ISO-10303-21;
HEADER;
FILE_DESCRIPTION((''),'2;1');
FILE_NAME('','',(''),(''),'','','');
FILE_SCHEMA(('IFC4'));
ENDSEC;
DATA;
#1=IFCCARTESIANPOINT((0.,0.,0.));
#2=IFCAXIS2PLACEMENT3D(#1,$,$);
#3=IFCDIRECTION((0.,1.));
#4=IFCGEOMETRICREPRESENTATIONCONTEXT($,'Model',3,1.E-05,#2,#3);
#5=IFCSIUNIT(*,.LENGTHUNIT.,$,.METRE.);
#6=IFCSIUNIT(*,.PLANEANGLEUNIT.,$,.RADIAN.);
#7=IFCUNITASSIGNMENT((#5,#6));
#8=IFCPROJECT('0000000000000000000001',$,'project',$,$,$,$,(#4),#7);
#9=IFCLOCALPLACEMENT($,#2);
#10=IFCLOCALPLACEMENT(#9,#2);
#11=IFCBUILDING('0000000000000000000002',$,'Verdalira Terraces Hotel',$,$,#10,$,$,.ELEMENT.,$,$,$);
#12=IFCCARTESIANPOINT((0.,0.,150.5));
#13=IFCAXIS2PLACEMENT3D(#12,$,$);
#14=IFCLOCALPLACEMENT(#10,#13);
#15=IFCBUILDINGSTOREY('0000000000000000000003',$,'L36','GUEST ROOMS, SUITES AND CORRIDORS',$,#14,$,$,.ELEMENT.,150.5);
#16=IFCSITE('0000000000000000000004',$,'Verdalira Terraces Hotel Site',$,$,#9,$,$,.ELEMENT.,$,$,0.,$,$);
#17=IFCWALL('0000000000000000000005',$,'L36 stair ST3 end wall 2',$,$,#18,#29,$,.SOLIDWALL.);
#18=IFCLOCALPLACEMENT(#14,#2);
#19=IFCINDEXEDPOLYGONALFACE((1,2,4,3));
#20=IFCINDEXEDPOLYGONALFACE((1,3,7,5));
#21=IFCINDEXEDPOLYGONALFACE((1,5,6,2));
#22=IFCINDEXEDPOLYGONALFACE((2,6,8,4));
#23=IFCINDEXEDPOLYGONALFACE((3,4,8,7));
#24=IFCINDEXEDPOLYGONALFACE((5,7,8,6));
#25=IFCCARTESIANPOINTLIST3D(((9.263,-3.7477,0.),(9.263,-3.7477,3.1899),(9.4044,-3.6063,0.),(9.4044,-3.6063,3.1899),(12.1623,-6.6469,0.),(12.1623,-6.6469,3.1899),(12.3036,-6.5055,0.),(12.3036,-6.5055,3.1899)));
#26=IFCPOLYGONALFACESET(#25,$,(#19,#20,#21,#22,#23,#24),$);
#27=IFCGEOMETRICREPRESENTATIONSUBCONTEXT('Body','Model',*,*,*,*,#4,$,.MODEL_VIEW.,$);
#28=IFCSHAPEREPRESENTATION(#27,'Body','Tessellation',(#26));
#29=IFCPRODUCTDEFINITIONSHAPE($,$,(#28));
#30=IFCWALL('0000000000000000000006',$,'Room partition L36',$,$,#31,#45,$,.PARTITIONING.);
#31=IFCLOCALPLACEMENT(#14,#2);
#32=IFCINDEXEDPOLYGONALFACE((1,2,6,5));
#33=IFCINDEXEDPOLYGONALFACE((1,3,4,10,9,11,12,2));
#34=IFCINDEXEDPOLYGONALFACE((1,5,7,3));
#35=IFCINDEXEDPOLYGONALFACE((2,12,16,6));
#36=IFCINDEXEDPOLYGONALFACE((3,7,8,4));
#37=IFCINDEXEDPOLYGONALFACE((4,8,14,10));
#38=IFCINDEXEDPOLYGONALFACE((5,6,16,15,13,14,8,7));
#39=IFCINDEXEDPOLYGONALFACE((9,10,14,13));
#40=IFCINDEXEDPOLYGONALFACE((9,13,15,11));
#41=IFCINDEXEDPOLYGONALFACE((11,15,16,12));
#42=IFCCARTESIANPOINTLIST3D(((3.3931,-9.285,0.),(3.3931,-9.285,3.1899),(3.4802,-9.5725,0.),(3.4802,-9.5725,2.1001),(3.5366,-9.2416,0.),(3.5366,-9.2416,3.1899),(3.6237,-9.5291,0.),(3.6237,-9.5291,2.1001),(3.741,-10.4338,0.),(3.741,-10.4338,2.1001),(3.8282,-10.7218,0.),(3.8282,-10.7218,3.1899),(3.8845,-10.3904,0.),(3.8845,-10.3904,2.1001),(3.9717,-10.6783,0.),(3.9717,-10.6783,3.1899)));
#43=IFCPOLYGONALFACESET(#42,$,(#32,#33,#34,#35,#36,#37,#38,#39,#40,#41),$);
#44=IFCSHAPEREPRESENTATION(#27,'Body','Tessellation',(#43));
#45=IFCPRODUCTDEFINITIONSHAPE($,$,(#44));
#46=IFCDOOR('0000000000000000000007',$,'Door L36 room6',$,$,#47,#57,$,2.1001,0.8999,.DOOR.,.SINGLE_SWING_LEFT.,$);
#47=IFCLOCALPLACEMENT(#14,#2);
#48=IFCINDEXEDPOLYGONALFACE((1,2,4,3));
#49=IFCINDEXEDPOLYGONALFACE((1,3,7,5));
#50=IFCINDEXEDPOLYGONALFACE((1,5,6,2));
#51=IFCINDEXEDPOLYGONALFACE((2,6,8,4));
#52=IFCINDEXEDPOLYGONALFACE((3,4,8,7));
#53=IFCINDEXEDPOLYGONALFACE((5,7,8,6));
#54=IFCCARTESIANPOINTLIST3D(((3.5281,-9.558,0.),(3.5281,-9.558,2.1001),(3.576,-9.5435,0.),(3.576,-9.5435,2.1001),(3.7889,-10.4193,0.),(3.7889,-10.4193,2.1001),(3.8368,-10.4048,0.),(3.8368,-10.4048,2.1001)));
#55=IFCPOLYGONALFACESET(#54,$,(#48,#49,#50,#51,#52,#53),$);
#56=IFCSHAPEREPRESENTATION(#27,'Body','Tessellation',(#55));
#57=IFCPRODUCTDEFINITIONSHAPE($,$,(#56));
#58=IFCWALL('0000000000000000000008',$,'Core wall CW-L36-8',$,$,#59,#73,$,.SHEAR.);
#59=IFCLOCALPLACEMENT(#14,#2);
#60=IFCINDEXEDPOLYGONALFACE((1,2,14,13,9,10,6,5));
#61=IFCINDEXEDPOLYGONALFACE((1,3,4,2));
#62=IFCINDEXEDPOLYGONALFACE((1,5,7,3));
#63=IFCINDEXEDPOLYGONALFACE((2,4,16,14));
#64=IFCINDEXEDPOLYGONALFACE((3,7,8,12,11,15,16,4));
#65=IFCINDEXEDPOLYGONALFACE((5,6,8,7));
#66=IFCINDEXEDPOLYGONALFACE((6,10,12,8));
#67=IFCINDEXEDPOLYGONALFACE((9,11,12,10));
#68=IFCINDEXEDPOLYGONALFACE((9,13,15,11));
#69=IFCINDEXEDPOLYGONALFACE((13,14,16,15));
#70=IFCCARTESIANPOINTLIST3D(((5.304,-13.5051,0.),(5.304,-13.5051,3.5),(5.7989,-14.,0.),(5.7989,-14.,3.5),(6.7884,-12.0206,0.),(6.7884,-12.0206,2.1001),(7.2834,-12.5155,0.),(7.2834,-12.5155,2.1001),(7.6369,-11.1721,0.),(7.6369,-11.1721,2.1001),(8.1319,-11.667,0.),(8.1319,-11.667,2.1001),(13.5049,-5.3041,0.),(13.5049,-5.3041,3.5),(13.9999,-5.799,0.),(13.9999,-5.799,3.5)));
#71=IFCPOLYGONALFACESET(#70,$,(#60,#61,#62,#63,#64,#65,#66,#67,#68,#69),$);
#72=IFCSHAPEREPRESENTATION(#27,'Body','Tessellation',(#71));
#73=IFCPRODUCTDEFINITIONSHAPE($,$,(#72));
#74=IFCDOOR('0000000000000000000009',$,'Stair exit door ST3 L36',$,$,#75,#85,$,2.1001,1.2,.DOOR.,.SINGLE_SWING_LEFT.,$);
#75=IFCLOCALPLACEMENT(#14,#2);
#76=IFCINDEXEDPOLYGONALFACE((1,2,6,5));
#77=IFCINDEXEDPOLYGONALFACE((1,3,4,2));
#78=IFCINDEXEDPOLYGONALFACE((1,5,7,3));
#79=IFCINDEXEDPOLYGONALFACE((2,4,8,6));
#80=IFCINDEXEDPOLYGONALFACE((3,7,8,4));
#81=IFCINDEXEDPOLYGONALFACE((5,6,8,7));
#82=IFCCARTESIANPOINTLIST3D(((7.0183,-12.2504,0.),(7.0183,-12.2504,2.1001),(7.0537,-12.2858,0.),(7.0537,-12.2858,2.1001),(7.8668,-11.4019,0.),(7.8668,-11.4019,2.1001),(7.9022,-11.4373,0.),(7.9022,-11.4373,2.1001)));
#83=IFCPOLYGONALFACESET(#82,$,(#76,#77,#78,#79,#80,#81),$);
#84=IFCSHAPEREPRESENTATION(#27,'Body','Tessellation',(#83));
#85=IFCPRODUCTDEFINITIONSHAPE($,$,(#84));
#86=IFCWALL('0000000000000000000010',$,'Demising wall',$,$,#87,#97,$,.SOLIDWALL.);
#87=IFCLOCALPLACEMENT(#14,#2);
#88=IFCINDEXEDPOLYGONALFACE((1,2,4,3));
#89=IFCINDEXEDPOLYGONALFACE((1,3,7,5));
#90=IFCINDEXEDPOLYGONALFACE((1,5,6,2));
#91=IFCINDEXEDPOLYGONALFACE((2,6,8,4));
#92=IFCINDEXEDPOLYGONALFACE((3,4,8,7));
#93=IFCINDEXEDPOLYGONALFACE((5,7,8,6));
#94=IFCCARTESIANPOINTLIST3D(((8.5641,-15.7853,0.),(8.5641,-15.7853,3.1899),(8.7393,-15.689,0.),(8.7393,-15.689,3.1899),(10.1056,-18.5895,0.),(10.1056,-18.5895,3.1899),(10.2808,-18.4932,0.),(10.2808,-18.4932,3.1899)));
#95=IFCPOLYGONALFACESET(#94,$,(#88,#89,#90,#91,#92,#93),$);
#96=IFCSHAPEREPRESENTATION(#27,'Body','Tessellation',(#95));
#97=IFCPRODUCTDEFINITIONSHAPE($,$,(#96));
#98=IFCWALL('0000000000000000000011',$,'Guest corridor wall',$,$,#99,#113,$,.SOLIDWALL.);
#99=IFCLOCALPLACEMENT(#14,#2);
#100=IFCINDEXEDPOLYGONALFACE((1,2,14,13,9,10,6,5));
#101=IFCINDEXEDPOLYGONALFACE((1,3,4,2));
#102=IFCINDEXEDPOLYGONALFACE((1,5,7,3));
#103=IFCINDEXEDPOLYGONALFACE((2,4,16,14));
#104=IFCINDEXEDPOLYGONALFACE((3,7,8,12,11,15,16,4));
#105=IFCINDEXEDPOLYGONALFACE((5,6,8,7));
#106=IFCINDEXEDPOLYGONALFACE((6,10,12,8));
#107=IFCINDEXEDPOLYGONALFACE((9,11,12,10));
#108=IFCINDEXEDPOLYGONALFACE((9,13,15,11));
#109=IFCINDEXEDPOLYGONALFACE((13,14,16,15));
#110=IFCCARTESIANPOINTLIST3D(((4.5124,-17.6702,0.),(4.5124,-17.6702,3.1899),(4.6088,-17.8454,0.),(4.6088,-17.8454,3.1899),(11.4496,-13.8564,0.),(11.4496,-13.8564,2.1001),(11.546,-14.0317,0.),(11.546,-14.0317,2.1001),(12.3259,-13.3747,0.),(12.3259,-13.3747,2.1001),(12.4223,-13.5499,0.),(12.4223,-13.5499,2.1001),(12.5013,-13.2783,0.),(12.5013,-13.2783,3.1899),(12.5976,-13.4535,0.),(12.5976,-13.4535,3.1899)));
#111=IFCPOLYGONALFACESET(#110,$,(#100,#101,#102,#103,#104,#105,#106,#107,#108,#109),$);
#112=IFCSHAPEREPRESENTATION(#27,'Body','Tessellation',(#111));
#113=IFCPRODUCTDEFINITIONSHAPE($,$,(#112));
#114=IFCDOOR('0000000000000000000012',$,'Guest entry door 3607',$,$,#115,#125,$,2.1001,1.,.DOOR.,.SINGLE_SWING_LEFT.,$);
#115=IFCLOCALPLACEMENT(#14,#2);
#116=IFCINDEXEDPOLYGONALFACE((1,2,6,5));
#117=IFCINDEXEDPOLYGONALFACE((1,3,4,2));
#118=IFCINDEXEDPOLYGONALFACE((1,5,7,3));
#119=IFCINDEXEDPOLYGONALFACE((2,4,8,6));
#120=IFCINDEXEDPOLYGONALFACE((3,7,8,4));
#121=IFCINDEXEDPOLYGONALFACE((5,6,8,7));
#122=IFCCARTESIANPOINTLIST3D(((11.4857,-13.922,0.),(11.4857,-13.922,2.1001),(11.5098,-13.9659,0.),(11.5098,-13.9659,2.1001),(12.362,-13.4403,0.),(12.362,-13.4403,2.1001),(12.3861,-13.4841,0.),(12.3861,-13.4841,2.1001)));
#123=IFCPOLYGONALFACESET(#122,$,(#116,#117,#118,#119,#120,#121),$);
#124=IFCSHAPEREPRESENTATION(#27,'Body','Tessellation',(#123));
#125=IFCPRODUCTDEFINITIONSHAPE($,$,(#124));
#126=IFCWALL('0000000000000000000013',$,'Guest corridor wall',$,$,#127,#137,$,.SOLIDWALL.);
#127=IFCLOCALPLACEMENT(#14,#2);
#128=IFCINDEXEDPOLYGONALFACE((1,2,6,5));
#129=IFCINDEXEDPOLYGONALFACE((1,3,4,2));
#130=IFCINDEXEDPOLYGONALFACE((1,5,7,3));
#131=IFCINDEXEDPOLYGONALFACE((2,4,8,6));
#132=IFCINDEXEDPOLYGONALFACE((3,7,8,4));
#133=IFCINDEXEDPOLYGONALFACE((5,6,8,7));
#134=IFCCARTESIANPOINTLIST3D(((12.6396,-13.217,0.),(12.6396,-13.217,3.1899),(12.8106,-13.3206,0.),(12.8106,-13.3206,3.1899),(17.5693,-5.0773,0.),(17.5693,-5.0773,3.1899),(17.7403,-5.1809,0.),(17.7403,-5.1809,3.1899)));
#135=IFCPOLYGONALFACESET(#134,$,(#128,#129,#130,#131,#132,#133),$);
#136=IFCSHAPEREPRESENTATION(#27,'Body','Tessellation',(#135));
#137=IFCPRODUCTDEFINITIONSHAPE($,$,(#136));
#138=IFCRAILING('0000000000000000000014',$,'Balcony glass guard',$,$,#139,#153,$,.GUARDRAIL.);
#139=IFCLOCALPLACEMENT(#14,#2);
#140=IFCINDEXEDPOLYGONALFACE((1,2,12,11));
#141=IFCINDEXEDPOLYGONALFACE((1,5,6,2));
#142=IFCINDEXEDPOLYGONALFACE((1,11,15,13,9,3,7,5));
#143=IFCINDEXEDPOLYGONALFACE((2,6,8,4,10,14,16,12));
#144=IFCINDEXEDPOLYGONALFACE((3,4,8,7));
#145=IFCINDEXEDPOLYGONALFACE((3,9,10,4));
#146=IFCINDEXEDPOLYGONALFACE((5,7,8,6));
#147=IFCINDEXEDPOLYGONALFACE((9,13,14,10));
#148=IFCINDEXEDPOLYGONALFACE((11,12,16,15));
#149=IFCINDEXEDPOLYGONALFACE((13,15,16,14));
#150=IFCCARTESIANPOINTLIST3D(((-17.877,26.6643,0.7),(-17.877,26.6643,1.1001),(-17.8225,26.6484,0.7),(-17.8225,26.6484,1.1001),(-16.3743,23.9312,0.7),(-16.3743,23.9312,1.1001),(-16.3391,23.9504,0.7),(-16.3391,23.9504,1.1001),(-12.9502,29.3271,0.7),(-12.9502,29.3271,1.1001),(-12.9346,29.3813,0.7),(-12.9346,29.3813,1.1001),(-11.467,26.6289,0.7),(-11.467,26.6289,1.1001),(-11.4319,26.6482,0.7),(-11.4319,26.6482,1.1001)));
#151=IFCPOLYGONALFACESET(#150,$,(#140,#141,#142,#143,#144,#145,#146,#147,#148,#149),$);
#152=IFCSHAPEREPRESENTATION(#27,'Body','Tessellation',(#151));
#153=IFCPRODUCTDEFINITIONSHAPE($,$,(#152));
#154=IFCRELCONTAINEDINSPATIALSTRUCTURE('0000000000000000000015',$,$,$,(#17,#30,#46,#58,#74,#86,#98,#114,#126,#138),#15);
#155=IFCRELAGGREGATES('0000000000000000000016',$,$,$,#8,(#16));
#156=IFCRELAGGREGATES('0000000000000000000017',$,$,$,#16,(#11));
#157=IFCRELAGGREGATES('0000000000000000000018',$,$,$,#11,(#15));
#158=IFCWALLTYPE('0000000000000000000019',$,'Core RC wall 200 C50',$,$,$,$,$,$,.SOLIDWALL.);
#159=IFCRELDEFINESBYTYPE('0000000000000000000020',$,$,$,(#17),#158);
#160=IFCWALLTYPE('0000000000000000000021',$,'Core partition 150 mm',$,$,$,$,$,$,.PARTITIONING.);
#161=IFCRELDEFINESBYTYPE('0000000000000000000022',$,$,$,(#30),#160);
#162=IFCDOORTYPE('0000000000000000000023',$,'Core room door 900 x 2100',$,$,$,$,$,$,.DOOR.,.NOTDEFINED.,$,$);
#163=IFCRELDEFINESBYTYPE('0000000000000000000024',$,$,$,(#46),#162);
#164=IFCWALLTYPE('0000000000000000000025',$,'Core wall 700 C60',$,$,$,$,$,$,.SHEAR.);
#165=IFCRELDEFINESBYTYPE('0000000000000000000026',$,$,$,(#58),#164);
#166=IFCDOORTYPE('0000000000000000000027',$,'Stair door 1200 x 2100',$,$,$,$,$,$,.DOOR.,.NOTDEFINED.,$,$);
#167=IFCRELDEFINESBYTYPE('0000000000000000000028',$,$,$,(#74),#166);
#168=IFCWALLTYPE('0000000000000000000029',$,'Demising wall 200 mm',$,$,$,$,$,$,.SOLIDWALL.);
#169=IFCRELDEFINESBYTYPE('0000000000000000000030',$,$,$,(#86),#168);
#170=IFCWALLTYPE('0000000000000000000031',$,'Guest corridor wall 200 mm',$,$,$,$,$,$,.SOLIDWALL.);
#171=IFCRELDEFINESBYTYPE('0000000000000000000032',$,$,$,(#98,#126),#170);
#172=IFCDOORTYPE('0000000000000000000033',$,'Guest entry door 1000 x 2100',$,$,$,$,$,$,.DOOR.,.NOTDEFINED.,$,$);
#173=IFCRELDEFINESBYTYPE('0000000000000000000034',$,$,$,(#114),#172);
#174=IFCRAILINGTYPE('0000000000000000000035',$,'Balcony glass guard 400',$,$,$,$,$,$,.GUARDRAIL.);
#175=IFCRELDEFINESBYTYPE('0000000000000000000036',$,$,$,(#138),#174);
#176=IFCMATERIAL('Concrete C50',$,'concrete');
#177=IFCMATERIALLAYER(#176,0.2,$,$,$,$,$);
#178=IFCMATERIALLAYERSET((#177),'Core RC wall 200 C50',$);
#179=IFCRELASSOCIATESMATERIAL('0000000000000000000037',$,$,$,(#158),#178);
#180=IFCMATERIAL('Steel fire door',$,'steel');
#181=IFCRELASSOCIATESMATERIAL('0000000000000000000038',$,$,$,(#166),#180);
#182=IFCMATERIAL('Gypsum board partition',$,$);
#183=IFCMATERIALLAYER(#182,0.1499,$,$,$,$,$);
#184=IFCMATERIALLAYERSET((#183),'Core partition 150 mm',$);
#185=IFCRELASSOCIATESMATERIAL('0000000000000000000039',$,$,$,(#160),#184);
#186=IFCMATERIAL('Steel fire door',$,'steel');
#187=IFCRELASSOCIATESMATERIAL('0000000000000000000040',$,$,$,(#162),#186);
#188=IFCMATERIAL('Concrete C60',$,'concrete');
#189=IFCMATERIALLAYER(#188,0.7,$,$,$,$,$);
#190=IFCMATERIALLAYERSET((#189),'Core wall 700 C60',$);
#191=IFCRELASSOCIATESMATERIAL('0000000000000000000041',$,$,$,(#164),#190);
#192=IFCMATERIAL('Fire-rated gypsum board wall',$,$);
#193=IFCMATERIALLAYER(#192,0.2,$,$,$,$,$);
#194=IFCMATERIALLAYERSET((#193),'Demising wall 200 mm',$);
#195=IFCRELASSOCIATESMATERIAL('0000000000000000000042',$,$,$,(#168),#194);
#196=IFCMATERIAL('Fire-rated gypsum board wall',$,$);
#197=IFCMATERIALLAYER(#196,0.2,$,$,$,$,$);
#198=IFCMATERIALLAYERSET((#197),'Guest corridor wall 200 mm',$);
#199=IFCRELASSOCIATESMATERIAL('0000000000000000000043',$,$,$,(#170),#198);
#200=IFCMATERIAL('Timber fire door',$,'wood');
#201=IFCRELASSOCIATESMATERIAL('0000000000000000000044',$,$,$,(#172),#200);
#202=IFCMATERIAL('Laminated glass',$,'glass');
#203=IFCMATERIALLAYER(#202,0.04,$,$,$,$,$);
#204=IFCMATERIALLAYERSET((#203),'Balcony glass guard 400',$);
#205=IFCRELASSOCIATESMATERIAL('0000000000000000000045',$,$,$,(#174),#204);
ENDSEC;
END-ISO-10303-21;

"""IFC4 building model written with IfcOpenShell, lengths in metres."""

from ifc_helpers import new_model, si_unit, direction, frame, frame_2d, origin, place, context, subcontext, project, spatial, polyline, rectangle, outline, extrude, material, layer, layer_set, type_object, element, fill, save


model = new_model("IFC4")

# Units and contexts
model_context = context("Model", 3, precision=1e-05, world=origin(), true_north=direction((0.0, 1.0)))
body_context = subcontext(model_context, "Body", "Model", "MODEL_VIEW")
ifc_project = project(units=[si_unit("LENGTHUNIT", "METRE"), si_unit("PLANEANGLEUNIT", "RADIAN")], contexts=[model_context])

# Site, building, storey
site_placement = place(None, origin())
site = spatial("IfcSite", under=ifc_project, at=site_placement, Name="Verdalira Terraces Hotel Site", CompositionType="ELEMENT", RefElevation=0.0)
building_placement = place(site_placement, origin())
building = spatial("IfcBuilding", under=site, at=building_placement, Name="Verdalira Terraces Hotel", CompositionType="ELEMENT")
storey_placement = place(building_placement, frame((0.0, 0.0, 150.5)))
storey = spatial("IfcBuildingStorey", under=building, at=storey_placement, Name="L36", Description="GUEST ROOMS, SUITES AND CORRIDORS", CompositionType="ELEMENT", Elevation=150.5)

# Shared definitions
ifc_material_1 = material(Name="Concrete C50", Category="concrete")
ifc_layer_1 = layer(ifc_material_1, 0.2)
ifc_layer_set_1 = layer_set([ifc_layer_1], Name="Core RC wall 200 C50")
wall_type_1 = type_object("IfcWallType", Name="Core RC wall 200 C50", PredefinedType="SOLIDWALL", material=ifc_layer_set_1)

# Shared definitions
ifc_material_2 = material(Name="Steel fire door", Category="steel")
door_type_1 = type_object("IfcDoorType", Name="Stair door 1200 x 2100", OperationType="NOTDEFINED", PredefinedType="DOOR", material=ifc_material_2)

# Wall
for number, where, z_axis, x_axis, name in (
    (1, (9.3337, -3.677, 0.0), (0.0, 0.0, 1.0), (0.707107, -0.707107, 0.0), "L36 stair ST3 end wall 2"),
):
    element("IfcWall", number, at=place(storey_placement, frame(where, z_axis=z_axis, x_axis=x_axis)), inside=storey, type_object=wall_type_1, Name=name, PredefinedType="SOLIDWALL", context=body_context, shape_type="SweptSolid", body=[
        extrude(rectangle(XDim=4.1001, YDim=0.2, at=frame_2d((2.05, 0.0))), origin(), (0.0, 0.0, 1.0), 3.1899),
    ])

# Walls, openings, doors
ifc_material_3 = material(Name="Gypsum board partition")
ifc_layer_2 = layer(ifc_material_3, 0.1499)
ifc_layer_set_2 = layer_set([ifc_layer_2], Name="Core partition 150 mm")
wall_type_2 = type_object("IfcWallType", Name="Core partition 150 mm", PredefinedType="PARTITIONING", material=ifc_layer_set_2)
wall_1_placement = place(storey_placement, frame((3.8999, -10.7, 0.0), z_axis=(0.0, 0.0, 1.0), x_axis=(-0.289809, 0.957085, 0.0)))
wall_1 = element("IfcWall", 2, at=wall_1_placement, inside=storey, type_object=wall_type_2, Name="Room partition L36", PredefinedType="PARTITIONING", context=body_context, shape_type="SweptSolid", body=[
    extrude(rectangle(XDim=1.5012, YDim=0.1499, at=frame_2d((0.7505, 0.0))), origin(), (0.0, 0.0, 1.0), 3.1899),
])
opening_1_placement = place(wall_1_placement, frame((0.3008, 0.0, 0.0)))
opening_1 = element("IfcOpeningElement", 3, at=opening_1_placement, cuts=wall_1, PredefinedType="OPENING", context=body_context, shape_type="SweptSolid", body=[
    extrude(rectangle(XDim=0.8999, YDim=2.1001, at=frame_2d((0.45, 1.05))), frame((0.0, 0.085, 0.0), z_axis=(0.0, -1.0, 0.0), x_axis=(1.0, 0.0, 0.0)), (0.0, 0.0, 1.0), 0.1699),
])
ifc_material_4 = material(Name="Steel fire door", Category="steel")
door_type_2 = type_object("IfcDoorType", Name="Core room door 900 x 2100", OperationType="NOTDEFINED", PredefinedType="DOOR", material=ifc_material_4)
door_1_placement = place(opening_1_placement, origin())
door_1 = element("IfcDoor", 4, at=door_1_placement, inside=storey, type_object=door_type_2, Name="Door L36 room6", OperationType="SINGLE_SWING_LEFT", OverallHeight=2.1001, OverallWidth=0.8999, PredefinedType="DOOR", context=body_context, shape_type="SweptSolid", body=[
    extrude(rectangle(XDim=0.8999, YDim=2.1001, at=frame_2d((0.45, 1.05))), frame((0.0, 0.0249, 0.0), z_axis=(0.0, -1.0, 0.0), x_axis=(1.0, 0.0, 0.0)), (0.0, 0.0, 1.0), 0.05),
])
fill(opening_1, door_1)
ifc_material_5 = material(Name="Concrete C60", Category="concrete")
ifc_layer_3 = layer(ifc_material_5, 0.7)
ifc_layer_set_3 = layer_set([ifc_layer_3], Name="Core wall 700 C60")
wall_type_3 = type_object("IfcWallType", Name="Core wall 700 C60", PredefinedType="SHEAR", material=ifc_layer_set_3)
wall_2_placement = place(storey_placement, frame((5.5515, -13.7524, 0.0), z_axis=(0.0, 0.0, 1.0), x_axis=(0.707107, 0.707107, 0.0)))
wall_2 = element("IfcWall", 5, at=wall_2_placement, inside=storey, type_object=wall_type_3, Name="Core wall CW-L36-8", PredefinedType="SHEAR", context=body_context, shape_type="SweptSolid", body=[
    extrude(rectangle(XDim=11.5979, YDim=0.7, at=frame_2d((5.7988, 0.0))), origin(), (0.0, 0.0, 1.0), 3.5),
])
opening_2_placement = place(wall_2_placement, frame((2.0991, 0.0, 0.0)))
opening_2 = element("IfcOpeningElement", 6, at=opening_2_placement, cuts=wall_2, PredefinedType="OPENING", context=body_context, shape_type="SweptSolid", body=[
    extrude(rectangle(XDim=1.2, YDim=2.1001, at=frame_2d((0.6001, 1.05))), frame((0.0, 0.3599, 0.0), z_axis=(0.0, -1.0, 0.0), x_axis=(1.0, 0.0, 0.0)), (0.0, 0.0, 1.0), 0.72),
])
door_2_placement = place(opening_2_placement, origin())
door_2 = element("IfcDoor", 7, at=door_2_placement, inside=storey, type_object=door_type_1, Name="Stair exit door ST3 L36", OperationType="SINGLE_SWING_LEFT", OverallHeight=2.1001, OverallWidth=1.2, PredefinedType="DOOR", context=body_context, shape_type="SweptSolid", body=[
    extrude(rectangle(XDim=1.2, YDim=2.1001, at=frame_2d((0.6001, 1.05))), frame((0.0, 0.0249, 0.0), z_axis=(0.0, -1.0, 0.0), x_axis=(1.0, 0.0, 0.0)), (0.0, 0.0, 1.0), 0.05),
])
fill(opening_2, door_2)

# Wall
ifc_material_6 = material(Name="Fire-rated gypsum board wall")
ifc_layer_4 = layer(ifc_material_6, 0.2)
ifc_layer_set_4 = layer_set([ifc_layer_4], Name="Demising wall 200 mm")
wall_type_4 = type_object("IfcWallType", Name="Demising wall 200 mm", PredefinedType="SOLIDWALL", material=ifc_layer_set_4)
wall_3_placement = place(storey_placement, frame((8.6516, -15.7371, 0.0), z_axis=(0.0, 0.0, 1.0), x_axis=(0.481725, -0.876322, 0.0)))
element("IfcWall", 8, at=wall_3_placement, inside=storey, type_object=wall_type_4, Name="Demising wall", PredefinedType="SOLIDWALL", context=body_context, shape_type="SweptSolid", body=[
    extrude(rectangle(XDim=3.2, YDim=0.2, at=frame_2d((1.6001, 0.0))), origin(), (0.0, 0.0, 1.0), 3.1899),
])

# Wall, opening, door
ifc_material_7 = material(Name="Fire-rated gypsum board wall")
ifc_layer_5 = layer(ifc_material_7, 0.2)
ifc_layer_set_5 = layer_set([ifc_layer_5], Name="Guest corridor wall 200 mm")
wall_type_5 = type_object("IfcWallType", Name="Guest corridor wall 200 mm", PredefinedType="SOLIDWALL", material=ifc_layer_set_5)
wall_4_placement = place(storey_placement, frame((12.5493, -13.366, 0.0), z_axis=(0.0, 0.0, 1.0), x_axis=(-0.876307, -0.481752, 0.0)))
wall_4 = element("IfcWall", 9, at=wall_4_placement, inside=storey, type_object=wall_type_5, Name="Guest corridor wall", PredefinedType="SOLIDWALL", context=body_context, shape_type="SweptSolid", body=[
    extrude(rectangle(XDim=9.1165, YDim=0.2, at=frame_2d((4.5581, 0.0))), origin(), (0.0, 0.0, 1.0), 3.1899),
])
opening_3_placement = place(wall_4_placement, frame((0.2, 0.0, 0.0)))
opening_3 = element("IfcOpeningElement", 10, at=opening_3_placement, cuts=wall_4, PredefinedType="OPENING", context=body_context, shape_type="SweptSolid", body=[
    extrude(rectangle(XDim=1.0, YDim=2.1001, at=frame_2d((0.5, 1.05))), frame((0.0, 0.1099, 0.0), z_axis=(0.0, -1.0, 0.0), x_axis=(1.0, 0.0, 0.0)), (0.0, 0.0, 1.0), 0.22),
])
ifc_material_8 = material(Name="Timber fire door", Category="wood")
door_type_3 = type_object("IfcDoorType", Name="Guest entry door 1000 x 2100", OperationType="NOTDEFINED", PredefinedType="DOOR", material=ifc_material_8)
door_3_placement = place(opening_3_placement, origin())
door_3 = element("IfcDoor", 11, at=door_3_placement, inside=storey, type_object=door_type_3, Name="Guest entry door 3607", OperationType="SINGLE_SWING_LEFT", OverallHeight=2.1001, OverallWidth=1.0, PredefinedType="DOOR", context=body_context, shape_type="SweptSolid", body=[
    extrude(rectangle(XDim=1.0, YDim=2.1001, at=frame_2d((0.5, 1.05))), frame((0.0, 0.0249, 0.0), z_axis=(0.0, -1.0, 0.0), x_axis=(1.0, 0.0, 0.0)), (0.0, 0.0, 1.0), 0.05),
])
fill(opening_3, door_3)

# Wall
wall_5_placement = place(storey_placement, frame((12.7251, -13.2688, 0.0), z_axis=(0.0, 0.0, 1.0), x_axis=(0.518038, 0.855358, 0.0)))
element("IfcWall", 12, at=wall_5_placement, inside=storey, type_object=wall_type_5, Name="Guest corridor wall", PredefinedType="SOLIDWALL", context=body_context, shape_type="SweptSolid", body=[
    extrude(rectangle(XDim=9.5161, YDim=0.2, at=frame_2d((4.7581, 0.0))), origin(), (0.0, 0.0, 1.0), 3.1899),
])

# Railing
ifc_material_9 = material(Name="Laminated glass", Category="glass")
ifc_layer_6 = layer(ifc_material_9, 0.04)
ifc_layer_set_6 = layer_set([ifc_layer_6], Name="Balcony glass guard 400")
railing_type_1 = type_object("IfcRailingType", Name="Balcony glass guard 400", PredefinedType="GUARDRAIL", material=ifc_layer_set_6)
railing_1_placement = place(storey_placement, frame((0.0, 0.0, 0.7)))
element("IfcRailing", 13, at=railing_1_placement, inside=storey, type_object=railing_type_1, Name="Balcony glass guard", PredefinedType="GUARDRAIL", context=body_context, shape_type="SweptSolid", body=[
    extrude(outline(polyline([(-12.9502, 29.3271), (-17.8225, 26.6484), (-16.3391, 23.9504), (-16.3743, 23.9312), (-17.877, 26.6643), (-12.9346, 29.3813), (-11.4319, 26.6482), (-11.467, 26.6289), (-12.9502, 29.3271)])), origin(), (0.0, 0.0, 1.0), 0.4001),
])

save(model, "model.ifc")
